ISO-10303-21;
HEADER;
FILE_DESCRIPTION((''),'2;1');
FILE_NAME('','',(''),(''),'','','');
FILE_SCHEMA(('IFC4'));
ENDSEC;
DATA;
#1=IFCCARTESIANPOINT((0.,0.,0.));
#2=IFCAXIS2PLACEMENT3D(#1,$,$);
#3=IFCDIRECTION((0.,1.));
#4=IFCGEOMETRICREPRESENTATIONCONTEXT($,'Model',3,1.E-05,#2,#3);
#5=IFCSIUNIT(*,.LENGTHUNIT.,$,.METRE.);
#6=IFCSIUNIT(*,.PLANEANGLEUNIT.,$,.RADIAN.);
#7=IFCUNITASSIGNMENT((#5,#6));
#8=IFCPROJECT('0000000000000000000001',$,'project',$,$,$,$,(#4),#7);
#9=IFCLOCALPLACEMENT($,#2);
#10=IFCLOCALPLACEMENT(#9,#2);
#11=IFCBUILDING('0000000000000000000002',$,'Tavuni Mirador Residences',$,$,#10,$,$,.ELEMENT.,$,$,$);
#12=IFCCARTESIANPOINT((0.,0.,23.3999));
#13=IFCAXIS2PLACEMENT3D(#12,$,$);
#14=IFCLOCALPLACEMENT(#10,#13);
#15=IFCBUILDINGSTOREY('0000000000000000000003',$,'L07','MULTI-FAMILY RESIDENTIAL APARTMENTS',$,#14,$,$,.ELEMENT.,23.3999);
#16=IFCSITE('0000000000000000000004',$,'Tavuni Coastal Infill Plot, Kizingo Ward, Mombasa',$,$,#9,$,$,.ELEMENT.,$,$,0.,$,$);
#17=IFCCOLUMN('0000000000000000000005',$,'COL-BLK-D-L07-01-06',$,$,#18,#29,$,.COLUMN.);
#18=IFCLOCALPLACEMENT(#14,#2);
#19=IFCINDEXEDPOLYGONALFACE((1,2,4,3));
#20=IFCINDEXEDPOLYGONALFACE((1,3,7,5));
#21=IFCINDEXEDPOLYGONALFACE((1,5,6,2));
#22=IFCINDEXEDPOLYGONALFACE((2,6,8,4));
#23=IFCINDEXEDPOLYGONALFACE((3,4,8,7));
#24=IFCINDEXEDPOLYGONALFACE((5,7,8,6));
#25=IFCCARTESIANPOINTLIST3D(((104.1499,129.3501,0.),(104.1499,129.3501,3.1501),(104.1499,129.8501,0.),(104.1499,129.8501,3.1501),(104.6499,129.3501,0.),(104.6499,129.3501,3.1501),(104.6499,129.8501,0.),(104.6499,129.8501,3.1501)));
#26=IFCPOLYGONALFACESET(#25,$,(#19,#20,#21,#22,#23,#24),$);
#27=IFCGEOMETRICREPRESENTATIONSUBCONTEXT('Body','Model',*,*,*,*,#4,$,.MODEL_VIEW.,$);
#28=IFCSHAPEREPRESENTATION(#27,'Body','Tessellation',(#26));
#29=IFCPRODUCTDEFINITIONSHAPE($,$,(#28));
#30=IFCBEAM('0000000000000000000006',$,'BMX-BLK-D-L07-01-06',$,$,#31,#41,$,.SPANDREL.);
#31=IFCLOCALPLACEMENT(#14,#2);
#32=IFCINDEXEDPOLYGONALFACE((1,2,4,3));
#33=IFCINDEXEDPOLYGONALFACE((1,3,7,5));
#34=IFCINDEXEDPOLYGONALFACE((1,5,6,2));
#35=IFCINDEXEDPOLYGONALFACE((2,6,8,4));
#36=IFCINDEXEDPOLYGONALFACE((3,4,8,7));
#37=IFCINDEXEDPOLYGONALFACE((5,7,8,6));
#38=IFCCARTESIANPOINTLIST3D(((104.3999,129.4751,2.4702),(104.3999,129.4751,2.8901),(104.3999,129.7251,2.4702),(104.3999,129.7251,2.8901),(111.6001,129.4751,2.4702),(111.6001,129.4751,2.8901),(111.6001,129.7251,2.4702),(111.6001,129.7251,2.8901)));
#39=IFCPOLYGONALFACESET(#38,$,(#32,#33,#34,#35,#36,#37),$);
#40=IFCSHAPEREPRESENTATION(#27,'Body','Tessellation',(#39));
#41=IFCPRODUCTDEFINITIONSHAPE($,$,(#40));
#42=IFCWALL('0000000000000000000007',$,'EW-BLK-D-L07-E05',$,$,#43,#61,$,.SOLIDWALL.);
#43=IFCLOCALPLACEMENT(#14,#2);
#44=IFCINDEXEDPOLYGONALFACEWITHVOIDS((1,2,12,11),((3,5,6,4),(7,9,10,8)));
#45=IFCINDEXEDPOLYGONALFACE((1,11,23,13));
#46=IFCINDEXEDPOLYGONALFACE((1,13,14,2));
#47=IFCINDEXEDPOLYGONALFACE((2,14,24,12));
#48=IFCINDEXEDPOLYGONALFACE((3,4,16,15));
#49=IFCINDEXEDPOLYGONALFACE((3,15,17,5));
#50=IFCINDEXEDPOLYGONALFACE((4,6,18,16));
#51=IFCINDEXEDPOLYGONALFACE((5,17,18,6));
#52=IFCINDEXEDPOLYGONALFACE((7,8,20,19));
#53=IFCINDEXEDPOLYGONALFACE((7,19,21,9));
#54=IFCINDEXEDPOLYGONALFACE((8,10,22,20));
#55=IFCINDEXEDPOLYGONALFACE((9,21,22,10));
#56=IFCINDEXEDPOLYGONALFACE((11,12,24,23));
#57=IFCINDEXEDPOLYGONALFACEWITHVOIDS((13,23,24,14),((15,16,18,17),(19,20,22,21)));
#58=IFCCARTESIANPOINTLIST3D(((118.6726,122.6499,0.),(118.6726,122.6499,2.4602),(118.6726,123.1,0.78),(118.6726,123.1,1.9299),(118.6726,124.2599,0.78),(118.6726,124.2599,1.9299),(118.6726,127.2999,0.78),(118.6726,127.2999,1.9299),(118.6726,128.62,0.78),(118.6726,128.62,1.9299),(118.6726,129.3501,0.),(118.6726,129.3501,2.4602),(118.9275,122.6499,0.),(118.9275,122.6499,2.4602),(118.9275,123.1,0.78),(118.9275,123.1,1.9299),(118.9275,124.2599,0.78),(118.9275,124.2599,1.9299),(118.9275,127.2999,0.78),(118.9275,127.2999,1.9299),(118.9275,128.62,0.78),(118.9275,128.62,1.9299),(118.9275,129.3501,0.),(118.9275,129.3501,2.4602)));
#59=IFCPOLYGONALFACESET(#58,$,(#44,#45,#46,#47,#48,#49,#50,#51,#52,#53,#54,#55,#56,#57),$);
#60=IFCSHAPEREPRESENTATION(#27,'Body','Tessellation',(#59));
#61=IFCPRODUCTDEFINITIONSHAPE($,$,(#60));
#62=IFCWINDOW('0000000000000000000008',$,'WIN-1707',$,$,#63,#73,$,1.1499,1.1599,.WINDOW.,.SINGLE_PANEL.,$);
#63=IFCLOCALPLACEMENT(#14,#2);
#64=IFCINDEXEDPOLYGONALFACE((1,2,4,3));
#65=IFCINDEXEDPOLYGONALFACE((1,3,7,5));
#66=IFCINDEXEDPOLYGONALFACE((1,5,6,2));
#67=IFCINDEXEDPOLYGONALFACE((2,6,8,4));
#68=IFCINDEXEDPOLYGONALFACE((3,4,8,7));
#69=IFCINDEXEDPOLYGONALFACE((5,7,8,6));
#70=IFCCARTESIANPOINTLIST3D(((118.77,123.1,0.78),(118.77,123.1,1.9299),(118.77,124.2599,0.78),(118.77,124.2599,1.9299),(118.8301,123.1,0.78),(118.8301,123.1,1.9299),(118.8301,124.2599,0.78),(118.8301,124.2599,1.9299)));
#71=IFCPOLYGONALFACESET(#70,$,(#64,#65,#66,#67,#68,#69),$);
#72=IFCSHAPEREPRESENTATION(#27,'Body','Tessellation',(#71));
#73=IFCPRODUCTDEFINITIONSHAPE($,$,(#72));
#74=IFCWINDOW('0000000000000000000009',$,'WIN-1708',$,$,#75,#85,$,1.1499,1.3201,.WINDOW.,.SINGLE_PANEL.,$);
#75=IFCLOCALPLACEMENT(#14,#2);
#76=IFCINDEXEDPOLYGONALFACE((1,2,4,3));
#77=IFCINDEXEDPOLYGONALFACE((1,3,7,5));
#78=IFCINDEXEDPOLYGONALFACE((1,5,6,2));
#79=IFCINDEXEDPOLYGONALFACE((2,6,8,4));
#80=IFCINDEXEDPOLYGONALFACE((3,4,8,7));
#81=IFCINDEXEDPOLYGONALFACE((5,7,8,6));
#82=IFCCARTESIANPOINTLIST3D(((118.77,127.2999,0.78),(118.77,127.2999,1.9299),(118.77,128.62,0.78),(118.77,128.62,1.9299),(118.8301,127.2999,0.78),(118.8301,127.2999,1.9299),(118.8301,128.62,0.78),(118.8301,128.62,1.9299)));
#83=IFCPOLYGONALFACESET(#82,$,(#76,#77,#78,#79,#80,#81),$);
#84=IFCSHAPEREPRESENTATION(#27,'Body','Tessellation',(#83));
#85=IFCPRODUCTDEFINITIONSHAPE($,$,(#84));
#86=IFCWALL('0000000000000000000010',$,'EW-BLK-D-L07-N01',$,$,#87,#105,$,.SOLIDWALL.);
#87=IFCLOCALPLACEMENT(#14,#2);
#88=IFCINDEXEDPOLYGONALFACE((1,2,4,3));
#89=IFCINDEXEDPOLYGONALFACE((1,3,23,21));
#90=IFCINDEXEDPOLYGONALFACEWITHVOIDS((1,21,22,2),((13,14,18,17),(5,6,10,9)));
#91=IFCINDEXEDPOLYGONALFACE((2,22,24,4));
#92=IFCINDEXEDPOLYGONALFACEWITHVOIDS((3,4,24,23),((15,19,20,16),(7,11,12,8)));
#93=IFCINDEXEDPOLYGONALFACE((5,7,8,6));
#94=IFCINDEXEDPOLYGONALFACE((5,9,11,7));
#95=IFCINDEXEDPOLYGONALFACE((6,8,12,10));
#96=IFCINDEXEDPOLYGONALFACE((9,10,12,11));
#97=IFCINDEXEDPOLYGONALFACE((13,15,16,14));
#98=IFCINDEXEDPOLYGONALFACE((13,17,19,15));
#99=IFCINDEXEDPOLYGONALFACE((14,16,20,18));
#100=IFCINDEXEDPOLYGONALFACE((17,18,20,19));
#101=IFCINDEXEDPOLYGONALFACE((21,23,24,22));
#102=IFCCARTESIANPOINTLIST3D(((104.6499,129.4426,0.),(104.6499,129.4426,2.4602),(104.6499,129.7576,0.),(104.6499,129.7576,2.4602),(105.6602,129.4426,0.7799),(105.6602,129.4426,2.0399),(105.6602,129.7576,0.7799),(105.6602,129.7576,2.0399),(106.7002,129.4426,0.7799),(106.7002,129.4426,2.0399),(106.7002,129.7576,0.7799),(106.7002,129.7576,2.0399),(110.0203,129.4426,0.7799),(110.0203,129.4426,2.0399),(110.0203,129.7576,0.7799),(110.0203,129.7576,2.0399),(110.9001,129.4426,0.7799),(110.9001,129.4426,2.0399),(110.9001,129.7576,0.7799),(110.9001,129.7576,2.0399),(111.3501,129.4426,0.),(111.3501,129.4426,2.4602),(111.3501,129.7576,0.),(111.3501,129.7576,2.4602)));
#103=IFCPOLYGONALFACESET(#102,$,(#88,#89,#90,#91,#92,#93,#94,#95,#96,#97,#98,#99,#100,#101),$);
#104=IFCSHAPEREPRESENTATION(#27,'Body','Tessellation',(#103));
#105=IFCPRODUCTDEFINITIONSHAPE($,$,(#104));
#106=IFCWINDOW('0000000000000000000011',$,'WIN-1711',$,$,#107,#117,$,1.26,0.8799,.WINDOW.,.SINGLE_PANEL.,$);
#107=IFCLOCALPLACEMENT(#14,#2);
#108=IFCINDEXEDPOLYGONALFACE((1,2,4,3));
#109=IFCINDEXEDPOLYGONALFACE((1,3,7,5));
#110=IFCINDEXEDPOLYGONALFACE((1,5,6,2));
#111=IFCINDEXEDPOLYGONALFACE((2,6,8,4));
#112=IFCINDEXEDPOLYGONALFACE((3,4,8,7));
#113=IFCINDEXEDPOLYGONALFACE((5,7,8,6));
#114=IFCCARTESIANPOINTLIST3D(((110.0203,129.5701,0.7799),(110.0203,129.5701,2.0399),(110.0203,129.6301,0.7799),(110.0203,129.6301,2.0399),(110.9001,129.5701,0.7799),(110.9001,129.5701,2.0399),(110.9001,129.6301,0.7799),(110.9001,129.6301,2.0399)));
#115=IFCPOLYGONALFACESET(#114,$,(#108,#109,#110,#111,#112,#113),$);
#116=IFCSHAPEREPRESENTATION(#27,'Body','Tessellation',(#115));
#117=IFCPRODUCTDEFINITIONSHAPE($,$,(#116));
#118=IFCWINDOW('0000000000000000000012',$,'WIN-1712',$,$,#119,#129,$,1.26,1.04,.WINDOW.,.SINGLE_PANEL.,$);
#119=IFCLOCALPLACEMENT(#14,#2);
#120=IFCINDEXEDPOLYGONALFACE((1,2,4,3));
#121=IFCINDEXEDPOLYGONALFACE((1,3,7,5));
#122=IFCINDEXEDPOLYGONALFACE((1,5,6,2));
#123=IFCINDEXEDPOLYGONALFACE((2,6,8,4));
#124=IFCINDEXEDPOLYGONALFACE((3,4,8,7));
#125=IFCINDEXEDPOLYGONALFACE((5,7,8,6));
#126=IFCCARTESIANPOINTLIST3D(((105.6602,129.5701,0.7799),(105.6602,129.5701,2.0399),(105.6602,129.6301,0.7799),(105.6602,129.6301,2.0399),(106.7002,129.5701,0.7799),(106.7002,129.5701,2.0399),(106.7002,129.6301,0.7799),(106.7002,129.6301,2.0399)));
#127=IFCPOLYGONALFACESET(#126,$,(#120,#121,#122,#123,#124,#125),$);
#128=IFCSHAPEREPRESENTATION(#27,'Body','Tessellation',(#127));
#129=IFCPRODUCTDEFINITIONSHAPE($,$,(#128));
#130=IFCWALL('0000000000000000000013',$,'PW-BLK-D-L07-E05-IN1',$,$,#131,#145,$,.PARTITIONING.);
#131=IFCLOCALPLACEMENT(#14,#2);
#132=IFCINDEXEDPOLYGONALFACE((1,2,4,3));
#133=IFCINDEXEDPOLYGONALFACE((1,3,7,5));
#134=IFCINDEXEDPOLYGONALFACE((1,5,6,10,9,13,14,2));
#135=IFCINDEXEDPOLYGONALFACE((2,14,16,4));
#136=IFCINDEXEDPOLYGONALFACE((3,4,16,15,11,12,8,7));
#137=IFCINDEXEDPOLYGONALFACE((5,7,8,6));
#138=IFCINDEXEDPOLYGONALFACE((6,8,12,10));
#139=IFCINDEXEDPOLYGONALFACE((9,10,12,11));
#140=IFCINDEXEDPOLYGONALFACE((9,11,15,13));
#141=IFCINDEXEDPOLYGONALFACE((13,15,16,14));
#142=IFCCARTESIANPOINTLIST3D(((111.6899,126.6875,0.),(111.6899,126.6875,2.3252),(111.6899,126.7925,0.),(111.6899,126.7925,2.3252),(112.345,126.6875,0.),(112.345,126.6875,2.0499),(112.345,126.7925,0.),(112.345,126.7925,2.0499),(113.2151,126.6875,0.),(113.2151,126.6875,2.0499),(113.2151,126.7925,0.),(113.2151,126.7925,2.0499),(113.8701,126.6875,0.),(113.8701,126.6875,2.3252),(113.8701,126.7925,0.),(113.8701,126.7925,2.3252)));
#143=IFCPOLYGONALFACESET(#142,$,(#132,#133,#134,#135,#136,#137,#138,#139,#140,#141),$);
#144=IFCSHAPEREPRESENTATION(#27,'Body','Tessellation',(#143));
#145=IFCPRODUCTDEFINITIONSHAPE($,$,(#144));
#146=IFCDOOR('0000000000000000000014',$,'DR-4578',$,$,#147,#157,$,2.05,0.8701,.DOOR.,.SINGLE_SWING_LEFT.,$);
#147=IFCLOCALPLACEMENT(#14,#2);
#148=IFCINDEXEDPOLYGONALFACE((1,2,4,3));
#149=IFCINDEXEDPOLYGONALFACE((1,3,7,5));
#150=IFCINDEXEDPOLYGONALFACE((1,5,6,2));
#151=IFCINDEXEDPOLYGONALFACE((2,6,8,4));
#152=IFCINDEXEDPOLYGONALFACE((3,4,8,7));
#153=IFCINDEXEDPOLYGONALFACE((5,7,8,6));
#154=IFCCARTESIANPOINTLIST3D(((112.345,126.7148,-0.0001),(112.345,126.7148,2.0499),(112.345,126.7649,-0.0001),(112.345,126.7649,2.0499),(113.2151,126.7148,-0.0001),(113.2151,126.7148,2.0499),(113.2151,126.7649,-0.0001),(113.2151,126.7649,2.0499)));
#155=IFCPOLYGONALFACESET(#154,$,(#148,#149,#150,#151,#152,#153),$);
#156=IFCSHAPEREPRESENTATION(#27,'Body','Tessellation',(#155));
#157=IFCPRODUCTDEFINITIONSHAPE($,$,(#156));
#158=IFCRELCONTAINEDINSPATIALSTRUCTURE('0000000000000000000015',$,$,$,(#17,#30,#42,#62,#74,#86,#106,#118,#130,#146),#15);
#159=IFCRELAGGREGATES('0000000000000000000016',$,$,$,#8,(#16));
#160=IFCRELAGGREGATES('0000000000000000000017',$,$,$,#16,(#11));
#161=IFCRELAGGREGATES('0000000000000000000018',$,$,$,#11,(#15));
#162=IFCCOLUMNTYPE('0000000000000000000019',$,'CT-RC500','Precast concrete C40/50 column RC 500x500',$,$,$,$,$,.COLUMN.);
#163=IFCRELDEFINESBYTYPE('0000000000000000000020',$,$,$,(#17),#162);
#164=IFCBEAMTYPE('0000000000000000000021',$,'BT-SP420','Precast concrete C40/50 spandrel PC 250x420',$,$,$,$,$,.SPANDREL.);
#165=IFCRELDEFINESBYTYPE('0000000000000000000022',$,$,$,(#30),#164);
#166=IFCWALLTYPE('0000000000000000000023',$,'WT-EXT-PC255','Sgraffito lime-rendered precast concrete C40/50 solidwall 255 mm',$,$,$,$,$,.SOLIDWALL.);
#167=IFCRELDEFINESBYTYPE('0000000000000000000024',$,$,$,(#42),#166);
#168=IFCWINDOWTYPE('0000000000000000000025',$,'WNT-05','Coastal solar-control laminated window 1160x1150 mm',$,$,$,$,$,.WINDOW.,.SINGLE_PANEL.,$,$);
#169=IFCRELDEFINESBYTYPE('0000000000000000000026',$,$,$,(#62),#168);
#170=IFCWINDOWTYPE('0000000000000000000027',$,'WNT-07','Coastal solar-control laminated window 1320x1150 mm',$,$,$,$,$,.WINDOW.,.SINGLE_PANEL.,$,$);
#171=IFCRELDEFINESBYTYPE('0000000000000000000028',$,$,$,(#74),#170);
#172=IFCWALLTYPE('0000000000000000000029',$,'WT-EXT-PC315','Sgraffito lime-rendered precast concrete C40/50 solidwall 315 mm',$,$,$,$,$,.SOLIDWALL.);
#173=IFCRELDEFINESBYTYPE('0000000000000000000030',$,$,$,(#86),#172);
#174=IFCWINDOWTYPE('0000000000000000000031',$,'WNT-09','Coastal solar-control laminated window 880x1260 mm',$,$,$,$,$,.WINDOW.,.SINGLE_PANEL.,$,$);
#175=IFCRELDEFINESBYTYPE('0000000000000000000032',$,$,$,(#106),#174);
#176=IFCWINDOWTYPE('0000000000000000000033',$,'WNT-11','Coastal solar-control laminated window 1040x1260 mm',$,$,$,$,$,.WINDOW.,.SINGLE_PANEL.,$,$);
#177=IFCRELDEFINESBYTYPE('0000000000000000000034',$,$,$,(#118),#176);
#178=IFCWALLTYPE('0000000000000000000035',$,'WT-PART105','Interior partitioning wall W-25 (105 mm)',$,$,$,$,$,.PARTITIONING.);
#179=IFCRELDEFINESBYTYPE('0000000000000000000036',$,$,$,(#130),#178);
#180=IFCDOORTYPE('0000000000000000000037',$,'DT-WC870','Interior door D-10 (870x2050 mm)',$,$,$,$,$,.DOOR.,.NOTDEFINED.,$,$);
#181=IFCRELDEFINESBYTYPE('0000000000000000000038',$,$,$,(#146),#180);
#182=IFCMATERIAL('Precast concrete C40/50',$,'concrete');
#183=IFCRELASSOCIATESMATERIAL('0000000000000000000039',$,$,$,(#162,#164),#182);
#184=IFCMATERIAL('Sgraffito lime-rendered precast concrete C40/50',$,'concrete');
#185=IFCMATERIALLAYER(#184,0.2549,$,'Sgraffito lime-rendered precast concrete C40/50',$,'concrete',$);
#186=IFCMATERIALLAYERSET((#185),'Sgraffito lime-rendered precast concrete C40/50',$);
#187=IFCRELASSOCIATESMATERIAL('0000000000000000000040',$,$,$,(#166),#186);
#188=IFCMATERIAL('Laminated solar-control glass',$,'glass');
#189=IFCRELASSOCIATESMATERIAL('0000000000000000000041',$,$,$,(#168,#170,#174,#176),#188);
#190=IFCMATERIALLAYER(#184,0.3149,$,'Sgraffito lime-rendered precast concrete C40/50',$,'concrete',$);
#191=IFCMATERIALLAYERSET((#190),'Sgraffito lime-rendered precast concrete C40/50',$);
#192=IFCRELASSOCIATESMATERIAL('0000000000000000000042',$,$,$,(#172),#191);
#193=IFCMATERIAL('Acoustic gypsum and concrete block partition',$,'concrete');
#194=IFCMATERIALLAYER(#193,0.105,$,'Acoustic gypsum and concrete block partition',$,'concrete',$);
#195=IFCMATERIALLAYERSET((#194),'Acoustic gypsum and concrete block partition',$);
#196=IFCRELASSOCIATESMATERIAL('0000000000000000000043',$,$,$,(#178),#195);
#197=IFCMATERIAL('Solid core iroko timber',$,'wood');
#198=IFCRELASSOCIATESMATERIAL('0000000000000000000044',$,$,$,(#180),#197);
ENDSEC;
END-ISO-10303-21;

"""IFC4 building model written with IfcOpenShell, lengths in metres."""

from ifc_helpers import new_model, si_unit, direction, frame, frame_2d, origin, origin_2d, place, context, subcontext, project, spatial, rectangle, extrude, material, layer, layer_set, material_profile, profile_set, type_object, element, fill, save


model = new_model("IFC4")

# Units and contexts
model_context = context("Model", 3, precision=1e-05, world=origin(), true_north=direction((0.0, 1.0)))
body_context = subcontext(model_context, "Body", "Model", "MODEL_VIEW")
ifc_project = project(units=[si_unit("LENGTHUNIT", "METRE"), si_unit("PLANEANGLEUNIT", "RADIAN")], contexts=[model_context])

# Site, building, storey
site_placement = place(None, origin())
site = spatial("IfcSite", under=ifc_project, at=site_placement, Name="Tavuni Coastal Infill Plot, Kizingo Ward, Mombasa", CompositionType="ELEMENT", RefElevation=0.0)
building_placement = place(site_placement, origin())
building = spatial("IfcBuilding", under=site, at=building_placement, Name="Tavuni Mirador Residences", CompositionType="ELEMENT")
storey_placement = place(building_placement, frame((0.0, 0.0, 23.3999)))
storey = spatial("IfcBuildingStorey", under=building, at=storey_placement, Name="L07", Description="MULTI-FAMILY RESIDENTIAL APARTMENTS", CompositionType="ELEMENT", Elevation=23.3999)

# Column
ifc_material_1 = material(Name="Precast concrete C40/50", Category="concrete")
ifc_material_profile_1 = material_profile(ifc_material_1, rectangle(XDim=0.5, YDim=0.5, at=origin_2d()), Name="RC 500x500", Category="concrete")
ifc_profile_set_1 = profile_set([ifc_material_profile_1], Name="Precast concrete C40/50")
column_type = type_object("IfcColumnType", Name="CT-RC500", Description="Precast concrete C40/50 column RC 500x500", PredefinedType="COLUMN", material=ifc_profile_set_1)
column_placement = place(storey_placement, frame((104.3999, 129.6001, 0.0), z_axis=(0.0, 0.0, 1.0), x_axis=(1.0, 0.0, 0.0)))
element("IfcColumn", 1, at=column_placement, inside=storey, type_object=column_type, Name="COL-BLK-D-L07-01-06", PredefinedType="COLUMN", context=body_context, shape_type="SweptSolid", body=[
    extrude(rectangle(XDim=0.5, YDim=0.5, at=origin_2d()), origin(), (0.0, 0.0, 1.0), 3.1501),
])

# Beam
ifc_material_profile_2 = material_profile(ifc_material_1, rectangle(XDim=0.25, YDim=0.4199, at=origin_2d()), Name="PC 250x420", Category="concrete")
ifc_profile_set_2 = profile_set([ifc_material_profile_2], Name="Precast concrete C40/50")
beam_type = type_object("IfcBeamType", Name="BT-SP420", Description="Precast concrete C40/50 spandrel PC 250x420", PredefinedType="SPANDREL", material=ifc_profile_set_2)
beam_placement = place(storey_placement, frame((104.3999, 129.6001, 2.6802), z_axis=(1.0, 0.0, 0.0), x_axis=(0.0, 1.0, 0.0)))
element("IfcBeam", 2, at=beam_placement, inside=storey, type_object=beam_type, Name="BMX-BLK-D-L07-01-06", PredefinedType="SPANDREL", context=body_context, shape_type="SweptSolid", body=[
    extrude(rectangle(XDim=0.25, YDim=0.4199, at=origin_2d()), origin(), (0.0, 0.0, 1.0), 7.2002),
])

# Shared definitions
ifc_material_2 = material(Name="Solid core iroko timber", Category="wood")

# Walls, openings, windows
ifc_material_3 = material(Name="Sgraffito lime-rendered precast concrete C40/50", Category="concrete")
ifc_layer_1 = layer(ifc_material_3, 0.2549, Name="Sgraffito lime-rendered precast concrete C40/50", Category="concrete")
ifc_layer_set_1 = layer_set([ifc_layer_1], Name="Sgraffito lime-rendered precast concrete C40/50")
wall_type_1 = type_object("IfcWallType", Name="WT-EXT-PC255", Description="Sgraffito lime-rendered precast concrete C40/50 solidwall 255 mm", PredefinedType="SOLIDWALL", material=ifc_layer_set_1)
wall_1_placement = place(storey_placement, frame((118.8, 122.6499, 0.0), z_axis=(0.0, 0.0, 1.0), x_axis=(0.0, 1.0, 0.0)))
wall_1 = element("IfcWall", 3, at=wall_1_placement, inside=storey, type_object=wall_type_1, Name="EW-BLK-D-L07-E05", PredefinedType="SOLIDWALL", context=body_context, shape_type="SweptSolid", body=[
    extrude(rectangle(XDim=6.7002, YDim=0.2549, at=frame_2d((3.3501, 0.0))), origin(), (0.0, 0.0, 1.0), 2.4602),
])
opening_1_placement = place(wall_1_placement, frame((0.45, 0.0, 0.78)))
opening_1 = element("IfcOpeningElement", 4, at=opening_1_placement, cuts=wall_1, PredefinedType="OPENING", context=body_context, shape_type="SweptSolid", body=[
    extrude(rectangle(XDim=1.1599, YDim=1.1499, at=frame_2d((0.5801, 0.575))), frame((0.0, 0.1375, 0.0), z_axis=(0.0, -1.0, 0.0), x_axis=(1.0, 0.0, 0.0)), (0.0, 0.0, 1.0), 0.2749),
])
opening_2_placement = place(wall_1_placement, frame((4.6499, 0.0, 0.78)))
opening_2 = element("IfcOpeningElement", 5, at=opening_2_placement, cuts=wall_1, PredefinedType="OPENING", context=body_context, shape_type="SweptSolid", body=[
    extrude(rectangle(XDim=1.3201, YDim=1.1499, at=frame_2d((0.6602, 0.575))), frame((0.0, 0.1375, 0.0), z_axis=(0.0, -1.0, 0.0), x_axis=(1.0, 0.0, 0.0)), (0.0, 0.0, 1.0), 0.2749),
])
ifc_material_4 = material(Name="Laminated solar-control glass", Category="glass")
window_type_1 = type_object("IfcWindowType", Name="WNT-05", Description="Coastal solar-control laminated window 1160x1150 mm", PartitioningType="SINGLE_PANEL", PredefinedType="WINDOW", material=ifc_material_4)
window_1_placement = place(opening_1_placement, origin())
window_1 = element("IfcWindow", 6, at=window_1_placement, inside=storey, type_object=window_type_1, Name="WIN-1707", OverallHeight=1.1499, OverallWidth=1.1599, PartitioningType="SINGLE_PANEL", PredefinedType="WINDOW", context=body_context, shape_type="SweptSolid", body=[
    extrude(rectangle(XDim=1.1599, YDim=1.1499, at=frame_2d((0.5801, 0.575))), frame((0.0, 0.03, 0.0), z_axis=(0.0, -1.0, 0.0), x_axis=(1.0, 0.0, 0.0)), (0.0, 0.0, 1.0), 0.0601),
])
fill(opening_1, window_1)
window_type_2 = type_object("IfcWindowType", Name="WNT-07", Description="Coastal solar-control laminated window 1320x1150 mm", PartitioningType="SINGLE_PANEL", PredefinedType="WINDOW", material=ifc_material_4)
window_2_placement = place(opening_2_placement, origin())
window_2 = element("IfcWindow", 7, at=window_2_placement, inside=storey, type_object=window_type_2, Name="WIN-1708", OverallHeight=1.1499, OverallWidth=1.3201, PartitioningType="SINGLE_PANEL", PredefinedType="WINDOW", context=body_context, shape_type="SweptSolid", body=[
    extrude(rectangle(XDim=1.3201, YDim=1.1499, at=frame_2d((0.6602, 0.575))), frame((0.0, 0.03, 0.0), z_axis=(0.0, -1.0, 0.0), x_axis=(1.0, 0.0, 0.0)), (0.0, 0.0, 1.0), 0.0601),
])
fill(opening_2, window_2)
ifc_layer_2 = layer(ifc_material_3, 0.3149, Name="Sgraffito lime-rendered precast concrete C40/50", Category="concrete")
ifc_layer_set_2 = layer_set([ifc_layer_2], Name="Sgraffito lime-rendered precast concrete C40/50")
wall_type_2 = type_object("IfcWallType", Name="WT-EXT-PC315", Description="Sgraffito lime-rendered precast concrete C40/50 solidwall 315 mm", PredefinedType="SOLIDWALL", material=ifc_layer_set_2)
wall_2_placement = place(storey_placement, frame((111.3501, 129.6001, 0.0), z_axis=(0.0, 0.0, 1.0), x_axis=(-1.0, 0.0, 0.0)))
wall_2 = element("IfcWall", 8, at=wall_2_placement, inside=storey, type_object=wall_type_2, Name="EW-BLK-D-L07-N01", PredefinedType="SOLIDWALL", context=body_context, shape_type="SweptSolid", body=[
    extrude(rectangle(XDim=6.7002, YDim=0.3149, at=frame_2d((3.3501, 0.0))), origin(), (0.0, 0.0, 1.0), 2.4602),
])
opening_3_placement = place(wall_2_placement, frame((0.45, 0.0, 0.78)))
opening_3 = element("IfcOpeningElement", 9, at=opening_3_placement, cuts=wall_2, PredefinedType="OPENING", context=body_context, shape_type="SweptSolid", body=[
    extrude(rectangle(XDim=0.8799, YDim=1.26, at=frame_2d((0.4399, 0.6299))), frame((0.0, 0.1675, 0.0), z_axis=(0.0, -1.0, 0.0), x_axis=(1.0, 0.0, 0.0)), (0.0, 0.0, 1.0), 0.335),
])
opening_4_placement = place(wall_2_placement, frame((4.6499, 0.0, 0.78)))
opening_4 = element("IfcOpeningElement", 10, at=opening_4_placement, cuts=wall_2, PredefinedType="OPENING", context=body_context, shape_type="SweptSolid", body=[
    extrude(rectangle(XDim=1.04, YDim=1.26, at=frame_2d((0.52, 0.6299))), frame((0.0, 0.1675, 0.0), z_axis=(0.0, -1.0, 0.0), x_axis=(1.0, 0.0, 0.0)), (0.0, 0.0, 1.0), 0.335),
])
window_type_3 = type_object("IfcWindowType", Name="WNT-09", Description="Coastal solar-control laminated window 880x1260 mm", PartitioningType="SINGLE_PANEL", PredefinedType="WINDOW", material=ifc_material_4)
window_3_placement = place(opening_3_placement, origin())
window_3 = element("IfcWindow", 11, at=window_3_placement, inside=storey, type_object=window_type_3, Name="WIN-1711", OverallHeight=1.26, OverallWidth=0.8799, PartitioningType="SINGLE_PANEL", PredefinedType="WINDOW", context=body_context, shape_type="SweptSolid", body=[
    extrude(rectangle(XDim=0.8799, YDim=1.26, at=frame_2d((0.4399, 0.6299))), frame((0.0, 0.03, 0.0), z_axis=(0.0, -1.0, 0.0), x_axis=(1.0, 0.0, 0.0)), (0.0, 0.0, 1.0), 0.0601),
])
fill(opening_3, window_3)
window_type_4 = type_object("IfcWindowType", Name="WNT-11", Description="Coastal solar-control laminated window 1040x1260 mm", PartitioningType="SINGLE_PANEL", PredefinedType="WINDOW", material=ifc_material_4)
window_4_placement = place(opening_4_placement, origin())
window_4 = element("IfcWindow", 12, at=window_4_placement, inside=storey, type_object=window_type_4, Name="WIN-1712", OverallHeight=1.26, OverallWidth=1.04, PartitioningType="SINGLE_PANEL", PredefinedType="WINDOW", context=body_context, shape_type="SweptSolid", body=[
    extrude(rectangle(XDim=1.04, YDim=1.26, at=frame_2d((0.52, 0.6299))), frame((0.0, 0.03, 0.0), z_axis=(0.0, -1.0, 0.0), x_axis=(1.0, 0.0, 0.0)), (0.0, 0.0, 1.0), 0.0601),
])
fill(opening_4, window_4)

# Wall, opening, door
ifc_material_5 = material(Name="Acoustic gypsum and concrete block partition", Category="concrete")
ifc_layer_3 = layer(ifc_material_5, 0.105, Name="Acoustic gypsum and concrete block partition", Category="concrete")
ifc_layer_set_3 = layer_set([ifc_layer_3], Name="Acoustic gypsum and concrete block partition")
wall_type_3 = type_object("IfcWallType", Name="WT-PART105", Description="Interior partitioning wall W-25 (105 mm)", PredefinedType="PARTITIONING", material=ifc_layer_set_3)
wall_3_placement = place(storey_placement, frame((111.6899, 126.74, 0.0), z_axis=(0.0, 0.0, 1.0), x_axis=(1.0, 0.0, 0.0)))
wall_3 = element("IfcWall", 13, at=wall_3_placement, inside=storey, type_object=wall_type_3, Name="PW-BLK-D-L07-E05-IN1", PredefinedType="PARTITIONING", context=body_context, shape_type="SweptSolid", body=[
    extrude(rectangle(XDim=2.1802, YDim=0.105, at=frame_2d((1.0901, 0.0))), origin(), (0.0, 0.0, 1.0), 2.3252),
])
opening_5_placement = place(wall_3_placement, frame((0.655, 0.0, 0.0)))
opening_5 = element("IfcOpeningElement", 14, at=opening_5_placement, cuts=wall_3, PredefinedType="OPENING", context=body_context, shape_type="SweptSolid", body=[
    extrude(rectangle(XDim=0.8701, YDim=2.05, at=frame_2d((0.4351, 1.0249))), frame((0.0, 0.0625, 0.0), z_axis=(0.0, -1.0, 0.0), x_axis=(1.0, 0.0, 0.0)), (0.0, 0.0, 1.0), 0.125),
])
door_type_1 = type_object("IfcDoorType", Name="DT-WC870", Description="Interior door D-10 (870x2050 mm)", OperationType="NOTDEFINED", PredefinedType="DOOR", material=ifc_material_2)
door_1_placement = place(opening_5_placement, origin())
door_1 = element("IfcDoor", 15, at=door_1_placement, inside=storey, type_object=door_type_1, Name="DR-4578", OperationType="SINGLE_SWING_LEFT", OverallHeight=2.05, OverallWidth=0.8701, PredefinedType="DOOR", context=body_context, shape_type="SweptSolid", body=[
    extrude(rectangle(XDim=0.8701, YDim=2.05, at=frame_2d((0.4351, 1.0249))), frame((0.0, 0.0249, 0.0), z_axis=(0.0, -1.0, 0.0), x_axis=(1.0, 0.0, 0.0)), (0.0, 0.0, 1.0), 0.05),
])
fill(opening_5, door_1)

save(model, "model.ifc")
